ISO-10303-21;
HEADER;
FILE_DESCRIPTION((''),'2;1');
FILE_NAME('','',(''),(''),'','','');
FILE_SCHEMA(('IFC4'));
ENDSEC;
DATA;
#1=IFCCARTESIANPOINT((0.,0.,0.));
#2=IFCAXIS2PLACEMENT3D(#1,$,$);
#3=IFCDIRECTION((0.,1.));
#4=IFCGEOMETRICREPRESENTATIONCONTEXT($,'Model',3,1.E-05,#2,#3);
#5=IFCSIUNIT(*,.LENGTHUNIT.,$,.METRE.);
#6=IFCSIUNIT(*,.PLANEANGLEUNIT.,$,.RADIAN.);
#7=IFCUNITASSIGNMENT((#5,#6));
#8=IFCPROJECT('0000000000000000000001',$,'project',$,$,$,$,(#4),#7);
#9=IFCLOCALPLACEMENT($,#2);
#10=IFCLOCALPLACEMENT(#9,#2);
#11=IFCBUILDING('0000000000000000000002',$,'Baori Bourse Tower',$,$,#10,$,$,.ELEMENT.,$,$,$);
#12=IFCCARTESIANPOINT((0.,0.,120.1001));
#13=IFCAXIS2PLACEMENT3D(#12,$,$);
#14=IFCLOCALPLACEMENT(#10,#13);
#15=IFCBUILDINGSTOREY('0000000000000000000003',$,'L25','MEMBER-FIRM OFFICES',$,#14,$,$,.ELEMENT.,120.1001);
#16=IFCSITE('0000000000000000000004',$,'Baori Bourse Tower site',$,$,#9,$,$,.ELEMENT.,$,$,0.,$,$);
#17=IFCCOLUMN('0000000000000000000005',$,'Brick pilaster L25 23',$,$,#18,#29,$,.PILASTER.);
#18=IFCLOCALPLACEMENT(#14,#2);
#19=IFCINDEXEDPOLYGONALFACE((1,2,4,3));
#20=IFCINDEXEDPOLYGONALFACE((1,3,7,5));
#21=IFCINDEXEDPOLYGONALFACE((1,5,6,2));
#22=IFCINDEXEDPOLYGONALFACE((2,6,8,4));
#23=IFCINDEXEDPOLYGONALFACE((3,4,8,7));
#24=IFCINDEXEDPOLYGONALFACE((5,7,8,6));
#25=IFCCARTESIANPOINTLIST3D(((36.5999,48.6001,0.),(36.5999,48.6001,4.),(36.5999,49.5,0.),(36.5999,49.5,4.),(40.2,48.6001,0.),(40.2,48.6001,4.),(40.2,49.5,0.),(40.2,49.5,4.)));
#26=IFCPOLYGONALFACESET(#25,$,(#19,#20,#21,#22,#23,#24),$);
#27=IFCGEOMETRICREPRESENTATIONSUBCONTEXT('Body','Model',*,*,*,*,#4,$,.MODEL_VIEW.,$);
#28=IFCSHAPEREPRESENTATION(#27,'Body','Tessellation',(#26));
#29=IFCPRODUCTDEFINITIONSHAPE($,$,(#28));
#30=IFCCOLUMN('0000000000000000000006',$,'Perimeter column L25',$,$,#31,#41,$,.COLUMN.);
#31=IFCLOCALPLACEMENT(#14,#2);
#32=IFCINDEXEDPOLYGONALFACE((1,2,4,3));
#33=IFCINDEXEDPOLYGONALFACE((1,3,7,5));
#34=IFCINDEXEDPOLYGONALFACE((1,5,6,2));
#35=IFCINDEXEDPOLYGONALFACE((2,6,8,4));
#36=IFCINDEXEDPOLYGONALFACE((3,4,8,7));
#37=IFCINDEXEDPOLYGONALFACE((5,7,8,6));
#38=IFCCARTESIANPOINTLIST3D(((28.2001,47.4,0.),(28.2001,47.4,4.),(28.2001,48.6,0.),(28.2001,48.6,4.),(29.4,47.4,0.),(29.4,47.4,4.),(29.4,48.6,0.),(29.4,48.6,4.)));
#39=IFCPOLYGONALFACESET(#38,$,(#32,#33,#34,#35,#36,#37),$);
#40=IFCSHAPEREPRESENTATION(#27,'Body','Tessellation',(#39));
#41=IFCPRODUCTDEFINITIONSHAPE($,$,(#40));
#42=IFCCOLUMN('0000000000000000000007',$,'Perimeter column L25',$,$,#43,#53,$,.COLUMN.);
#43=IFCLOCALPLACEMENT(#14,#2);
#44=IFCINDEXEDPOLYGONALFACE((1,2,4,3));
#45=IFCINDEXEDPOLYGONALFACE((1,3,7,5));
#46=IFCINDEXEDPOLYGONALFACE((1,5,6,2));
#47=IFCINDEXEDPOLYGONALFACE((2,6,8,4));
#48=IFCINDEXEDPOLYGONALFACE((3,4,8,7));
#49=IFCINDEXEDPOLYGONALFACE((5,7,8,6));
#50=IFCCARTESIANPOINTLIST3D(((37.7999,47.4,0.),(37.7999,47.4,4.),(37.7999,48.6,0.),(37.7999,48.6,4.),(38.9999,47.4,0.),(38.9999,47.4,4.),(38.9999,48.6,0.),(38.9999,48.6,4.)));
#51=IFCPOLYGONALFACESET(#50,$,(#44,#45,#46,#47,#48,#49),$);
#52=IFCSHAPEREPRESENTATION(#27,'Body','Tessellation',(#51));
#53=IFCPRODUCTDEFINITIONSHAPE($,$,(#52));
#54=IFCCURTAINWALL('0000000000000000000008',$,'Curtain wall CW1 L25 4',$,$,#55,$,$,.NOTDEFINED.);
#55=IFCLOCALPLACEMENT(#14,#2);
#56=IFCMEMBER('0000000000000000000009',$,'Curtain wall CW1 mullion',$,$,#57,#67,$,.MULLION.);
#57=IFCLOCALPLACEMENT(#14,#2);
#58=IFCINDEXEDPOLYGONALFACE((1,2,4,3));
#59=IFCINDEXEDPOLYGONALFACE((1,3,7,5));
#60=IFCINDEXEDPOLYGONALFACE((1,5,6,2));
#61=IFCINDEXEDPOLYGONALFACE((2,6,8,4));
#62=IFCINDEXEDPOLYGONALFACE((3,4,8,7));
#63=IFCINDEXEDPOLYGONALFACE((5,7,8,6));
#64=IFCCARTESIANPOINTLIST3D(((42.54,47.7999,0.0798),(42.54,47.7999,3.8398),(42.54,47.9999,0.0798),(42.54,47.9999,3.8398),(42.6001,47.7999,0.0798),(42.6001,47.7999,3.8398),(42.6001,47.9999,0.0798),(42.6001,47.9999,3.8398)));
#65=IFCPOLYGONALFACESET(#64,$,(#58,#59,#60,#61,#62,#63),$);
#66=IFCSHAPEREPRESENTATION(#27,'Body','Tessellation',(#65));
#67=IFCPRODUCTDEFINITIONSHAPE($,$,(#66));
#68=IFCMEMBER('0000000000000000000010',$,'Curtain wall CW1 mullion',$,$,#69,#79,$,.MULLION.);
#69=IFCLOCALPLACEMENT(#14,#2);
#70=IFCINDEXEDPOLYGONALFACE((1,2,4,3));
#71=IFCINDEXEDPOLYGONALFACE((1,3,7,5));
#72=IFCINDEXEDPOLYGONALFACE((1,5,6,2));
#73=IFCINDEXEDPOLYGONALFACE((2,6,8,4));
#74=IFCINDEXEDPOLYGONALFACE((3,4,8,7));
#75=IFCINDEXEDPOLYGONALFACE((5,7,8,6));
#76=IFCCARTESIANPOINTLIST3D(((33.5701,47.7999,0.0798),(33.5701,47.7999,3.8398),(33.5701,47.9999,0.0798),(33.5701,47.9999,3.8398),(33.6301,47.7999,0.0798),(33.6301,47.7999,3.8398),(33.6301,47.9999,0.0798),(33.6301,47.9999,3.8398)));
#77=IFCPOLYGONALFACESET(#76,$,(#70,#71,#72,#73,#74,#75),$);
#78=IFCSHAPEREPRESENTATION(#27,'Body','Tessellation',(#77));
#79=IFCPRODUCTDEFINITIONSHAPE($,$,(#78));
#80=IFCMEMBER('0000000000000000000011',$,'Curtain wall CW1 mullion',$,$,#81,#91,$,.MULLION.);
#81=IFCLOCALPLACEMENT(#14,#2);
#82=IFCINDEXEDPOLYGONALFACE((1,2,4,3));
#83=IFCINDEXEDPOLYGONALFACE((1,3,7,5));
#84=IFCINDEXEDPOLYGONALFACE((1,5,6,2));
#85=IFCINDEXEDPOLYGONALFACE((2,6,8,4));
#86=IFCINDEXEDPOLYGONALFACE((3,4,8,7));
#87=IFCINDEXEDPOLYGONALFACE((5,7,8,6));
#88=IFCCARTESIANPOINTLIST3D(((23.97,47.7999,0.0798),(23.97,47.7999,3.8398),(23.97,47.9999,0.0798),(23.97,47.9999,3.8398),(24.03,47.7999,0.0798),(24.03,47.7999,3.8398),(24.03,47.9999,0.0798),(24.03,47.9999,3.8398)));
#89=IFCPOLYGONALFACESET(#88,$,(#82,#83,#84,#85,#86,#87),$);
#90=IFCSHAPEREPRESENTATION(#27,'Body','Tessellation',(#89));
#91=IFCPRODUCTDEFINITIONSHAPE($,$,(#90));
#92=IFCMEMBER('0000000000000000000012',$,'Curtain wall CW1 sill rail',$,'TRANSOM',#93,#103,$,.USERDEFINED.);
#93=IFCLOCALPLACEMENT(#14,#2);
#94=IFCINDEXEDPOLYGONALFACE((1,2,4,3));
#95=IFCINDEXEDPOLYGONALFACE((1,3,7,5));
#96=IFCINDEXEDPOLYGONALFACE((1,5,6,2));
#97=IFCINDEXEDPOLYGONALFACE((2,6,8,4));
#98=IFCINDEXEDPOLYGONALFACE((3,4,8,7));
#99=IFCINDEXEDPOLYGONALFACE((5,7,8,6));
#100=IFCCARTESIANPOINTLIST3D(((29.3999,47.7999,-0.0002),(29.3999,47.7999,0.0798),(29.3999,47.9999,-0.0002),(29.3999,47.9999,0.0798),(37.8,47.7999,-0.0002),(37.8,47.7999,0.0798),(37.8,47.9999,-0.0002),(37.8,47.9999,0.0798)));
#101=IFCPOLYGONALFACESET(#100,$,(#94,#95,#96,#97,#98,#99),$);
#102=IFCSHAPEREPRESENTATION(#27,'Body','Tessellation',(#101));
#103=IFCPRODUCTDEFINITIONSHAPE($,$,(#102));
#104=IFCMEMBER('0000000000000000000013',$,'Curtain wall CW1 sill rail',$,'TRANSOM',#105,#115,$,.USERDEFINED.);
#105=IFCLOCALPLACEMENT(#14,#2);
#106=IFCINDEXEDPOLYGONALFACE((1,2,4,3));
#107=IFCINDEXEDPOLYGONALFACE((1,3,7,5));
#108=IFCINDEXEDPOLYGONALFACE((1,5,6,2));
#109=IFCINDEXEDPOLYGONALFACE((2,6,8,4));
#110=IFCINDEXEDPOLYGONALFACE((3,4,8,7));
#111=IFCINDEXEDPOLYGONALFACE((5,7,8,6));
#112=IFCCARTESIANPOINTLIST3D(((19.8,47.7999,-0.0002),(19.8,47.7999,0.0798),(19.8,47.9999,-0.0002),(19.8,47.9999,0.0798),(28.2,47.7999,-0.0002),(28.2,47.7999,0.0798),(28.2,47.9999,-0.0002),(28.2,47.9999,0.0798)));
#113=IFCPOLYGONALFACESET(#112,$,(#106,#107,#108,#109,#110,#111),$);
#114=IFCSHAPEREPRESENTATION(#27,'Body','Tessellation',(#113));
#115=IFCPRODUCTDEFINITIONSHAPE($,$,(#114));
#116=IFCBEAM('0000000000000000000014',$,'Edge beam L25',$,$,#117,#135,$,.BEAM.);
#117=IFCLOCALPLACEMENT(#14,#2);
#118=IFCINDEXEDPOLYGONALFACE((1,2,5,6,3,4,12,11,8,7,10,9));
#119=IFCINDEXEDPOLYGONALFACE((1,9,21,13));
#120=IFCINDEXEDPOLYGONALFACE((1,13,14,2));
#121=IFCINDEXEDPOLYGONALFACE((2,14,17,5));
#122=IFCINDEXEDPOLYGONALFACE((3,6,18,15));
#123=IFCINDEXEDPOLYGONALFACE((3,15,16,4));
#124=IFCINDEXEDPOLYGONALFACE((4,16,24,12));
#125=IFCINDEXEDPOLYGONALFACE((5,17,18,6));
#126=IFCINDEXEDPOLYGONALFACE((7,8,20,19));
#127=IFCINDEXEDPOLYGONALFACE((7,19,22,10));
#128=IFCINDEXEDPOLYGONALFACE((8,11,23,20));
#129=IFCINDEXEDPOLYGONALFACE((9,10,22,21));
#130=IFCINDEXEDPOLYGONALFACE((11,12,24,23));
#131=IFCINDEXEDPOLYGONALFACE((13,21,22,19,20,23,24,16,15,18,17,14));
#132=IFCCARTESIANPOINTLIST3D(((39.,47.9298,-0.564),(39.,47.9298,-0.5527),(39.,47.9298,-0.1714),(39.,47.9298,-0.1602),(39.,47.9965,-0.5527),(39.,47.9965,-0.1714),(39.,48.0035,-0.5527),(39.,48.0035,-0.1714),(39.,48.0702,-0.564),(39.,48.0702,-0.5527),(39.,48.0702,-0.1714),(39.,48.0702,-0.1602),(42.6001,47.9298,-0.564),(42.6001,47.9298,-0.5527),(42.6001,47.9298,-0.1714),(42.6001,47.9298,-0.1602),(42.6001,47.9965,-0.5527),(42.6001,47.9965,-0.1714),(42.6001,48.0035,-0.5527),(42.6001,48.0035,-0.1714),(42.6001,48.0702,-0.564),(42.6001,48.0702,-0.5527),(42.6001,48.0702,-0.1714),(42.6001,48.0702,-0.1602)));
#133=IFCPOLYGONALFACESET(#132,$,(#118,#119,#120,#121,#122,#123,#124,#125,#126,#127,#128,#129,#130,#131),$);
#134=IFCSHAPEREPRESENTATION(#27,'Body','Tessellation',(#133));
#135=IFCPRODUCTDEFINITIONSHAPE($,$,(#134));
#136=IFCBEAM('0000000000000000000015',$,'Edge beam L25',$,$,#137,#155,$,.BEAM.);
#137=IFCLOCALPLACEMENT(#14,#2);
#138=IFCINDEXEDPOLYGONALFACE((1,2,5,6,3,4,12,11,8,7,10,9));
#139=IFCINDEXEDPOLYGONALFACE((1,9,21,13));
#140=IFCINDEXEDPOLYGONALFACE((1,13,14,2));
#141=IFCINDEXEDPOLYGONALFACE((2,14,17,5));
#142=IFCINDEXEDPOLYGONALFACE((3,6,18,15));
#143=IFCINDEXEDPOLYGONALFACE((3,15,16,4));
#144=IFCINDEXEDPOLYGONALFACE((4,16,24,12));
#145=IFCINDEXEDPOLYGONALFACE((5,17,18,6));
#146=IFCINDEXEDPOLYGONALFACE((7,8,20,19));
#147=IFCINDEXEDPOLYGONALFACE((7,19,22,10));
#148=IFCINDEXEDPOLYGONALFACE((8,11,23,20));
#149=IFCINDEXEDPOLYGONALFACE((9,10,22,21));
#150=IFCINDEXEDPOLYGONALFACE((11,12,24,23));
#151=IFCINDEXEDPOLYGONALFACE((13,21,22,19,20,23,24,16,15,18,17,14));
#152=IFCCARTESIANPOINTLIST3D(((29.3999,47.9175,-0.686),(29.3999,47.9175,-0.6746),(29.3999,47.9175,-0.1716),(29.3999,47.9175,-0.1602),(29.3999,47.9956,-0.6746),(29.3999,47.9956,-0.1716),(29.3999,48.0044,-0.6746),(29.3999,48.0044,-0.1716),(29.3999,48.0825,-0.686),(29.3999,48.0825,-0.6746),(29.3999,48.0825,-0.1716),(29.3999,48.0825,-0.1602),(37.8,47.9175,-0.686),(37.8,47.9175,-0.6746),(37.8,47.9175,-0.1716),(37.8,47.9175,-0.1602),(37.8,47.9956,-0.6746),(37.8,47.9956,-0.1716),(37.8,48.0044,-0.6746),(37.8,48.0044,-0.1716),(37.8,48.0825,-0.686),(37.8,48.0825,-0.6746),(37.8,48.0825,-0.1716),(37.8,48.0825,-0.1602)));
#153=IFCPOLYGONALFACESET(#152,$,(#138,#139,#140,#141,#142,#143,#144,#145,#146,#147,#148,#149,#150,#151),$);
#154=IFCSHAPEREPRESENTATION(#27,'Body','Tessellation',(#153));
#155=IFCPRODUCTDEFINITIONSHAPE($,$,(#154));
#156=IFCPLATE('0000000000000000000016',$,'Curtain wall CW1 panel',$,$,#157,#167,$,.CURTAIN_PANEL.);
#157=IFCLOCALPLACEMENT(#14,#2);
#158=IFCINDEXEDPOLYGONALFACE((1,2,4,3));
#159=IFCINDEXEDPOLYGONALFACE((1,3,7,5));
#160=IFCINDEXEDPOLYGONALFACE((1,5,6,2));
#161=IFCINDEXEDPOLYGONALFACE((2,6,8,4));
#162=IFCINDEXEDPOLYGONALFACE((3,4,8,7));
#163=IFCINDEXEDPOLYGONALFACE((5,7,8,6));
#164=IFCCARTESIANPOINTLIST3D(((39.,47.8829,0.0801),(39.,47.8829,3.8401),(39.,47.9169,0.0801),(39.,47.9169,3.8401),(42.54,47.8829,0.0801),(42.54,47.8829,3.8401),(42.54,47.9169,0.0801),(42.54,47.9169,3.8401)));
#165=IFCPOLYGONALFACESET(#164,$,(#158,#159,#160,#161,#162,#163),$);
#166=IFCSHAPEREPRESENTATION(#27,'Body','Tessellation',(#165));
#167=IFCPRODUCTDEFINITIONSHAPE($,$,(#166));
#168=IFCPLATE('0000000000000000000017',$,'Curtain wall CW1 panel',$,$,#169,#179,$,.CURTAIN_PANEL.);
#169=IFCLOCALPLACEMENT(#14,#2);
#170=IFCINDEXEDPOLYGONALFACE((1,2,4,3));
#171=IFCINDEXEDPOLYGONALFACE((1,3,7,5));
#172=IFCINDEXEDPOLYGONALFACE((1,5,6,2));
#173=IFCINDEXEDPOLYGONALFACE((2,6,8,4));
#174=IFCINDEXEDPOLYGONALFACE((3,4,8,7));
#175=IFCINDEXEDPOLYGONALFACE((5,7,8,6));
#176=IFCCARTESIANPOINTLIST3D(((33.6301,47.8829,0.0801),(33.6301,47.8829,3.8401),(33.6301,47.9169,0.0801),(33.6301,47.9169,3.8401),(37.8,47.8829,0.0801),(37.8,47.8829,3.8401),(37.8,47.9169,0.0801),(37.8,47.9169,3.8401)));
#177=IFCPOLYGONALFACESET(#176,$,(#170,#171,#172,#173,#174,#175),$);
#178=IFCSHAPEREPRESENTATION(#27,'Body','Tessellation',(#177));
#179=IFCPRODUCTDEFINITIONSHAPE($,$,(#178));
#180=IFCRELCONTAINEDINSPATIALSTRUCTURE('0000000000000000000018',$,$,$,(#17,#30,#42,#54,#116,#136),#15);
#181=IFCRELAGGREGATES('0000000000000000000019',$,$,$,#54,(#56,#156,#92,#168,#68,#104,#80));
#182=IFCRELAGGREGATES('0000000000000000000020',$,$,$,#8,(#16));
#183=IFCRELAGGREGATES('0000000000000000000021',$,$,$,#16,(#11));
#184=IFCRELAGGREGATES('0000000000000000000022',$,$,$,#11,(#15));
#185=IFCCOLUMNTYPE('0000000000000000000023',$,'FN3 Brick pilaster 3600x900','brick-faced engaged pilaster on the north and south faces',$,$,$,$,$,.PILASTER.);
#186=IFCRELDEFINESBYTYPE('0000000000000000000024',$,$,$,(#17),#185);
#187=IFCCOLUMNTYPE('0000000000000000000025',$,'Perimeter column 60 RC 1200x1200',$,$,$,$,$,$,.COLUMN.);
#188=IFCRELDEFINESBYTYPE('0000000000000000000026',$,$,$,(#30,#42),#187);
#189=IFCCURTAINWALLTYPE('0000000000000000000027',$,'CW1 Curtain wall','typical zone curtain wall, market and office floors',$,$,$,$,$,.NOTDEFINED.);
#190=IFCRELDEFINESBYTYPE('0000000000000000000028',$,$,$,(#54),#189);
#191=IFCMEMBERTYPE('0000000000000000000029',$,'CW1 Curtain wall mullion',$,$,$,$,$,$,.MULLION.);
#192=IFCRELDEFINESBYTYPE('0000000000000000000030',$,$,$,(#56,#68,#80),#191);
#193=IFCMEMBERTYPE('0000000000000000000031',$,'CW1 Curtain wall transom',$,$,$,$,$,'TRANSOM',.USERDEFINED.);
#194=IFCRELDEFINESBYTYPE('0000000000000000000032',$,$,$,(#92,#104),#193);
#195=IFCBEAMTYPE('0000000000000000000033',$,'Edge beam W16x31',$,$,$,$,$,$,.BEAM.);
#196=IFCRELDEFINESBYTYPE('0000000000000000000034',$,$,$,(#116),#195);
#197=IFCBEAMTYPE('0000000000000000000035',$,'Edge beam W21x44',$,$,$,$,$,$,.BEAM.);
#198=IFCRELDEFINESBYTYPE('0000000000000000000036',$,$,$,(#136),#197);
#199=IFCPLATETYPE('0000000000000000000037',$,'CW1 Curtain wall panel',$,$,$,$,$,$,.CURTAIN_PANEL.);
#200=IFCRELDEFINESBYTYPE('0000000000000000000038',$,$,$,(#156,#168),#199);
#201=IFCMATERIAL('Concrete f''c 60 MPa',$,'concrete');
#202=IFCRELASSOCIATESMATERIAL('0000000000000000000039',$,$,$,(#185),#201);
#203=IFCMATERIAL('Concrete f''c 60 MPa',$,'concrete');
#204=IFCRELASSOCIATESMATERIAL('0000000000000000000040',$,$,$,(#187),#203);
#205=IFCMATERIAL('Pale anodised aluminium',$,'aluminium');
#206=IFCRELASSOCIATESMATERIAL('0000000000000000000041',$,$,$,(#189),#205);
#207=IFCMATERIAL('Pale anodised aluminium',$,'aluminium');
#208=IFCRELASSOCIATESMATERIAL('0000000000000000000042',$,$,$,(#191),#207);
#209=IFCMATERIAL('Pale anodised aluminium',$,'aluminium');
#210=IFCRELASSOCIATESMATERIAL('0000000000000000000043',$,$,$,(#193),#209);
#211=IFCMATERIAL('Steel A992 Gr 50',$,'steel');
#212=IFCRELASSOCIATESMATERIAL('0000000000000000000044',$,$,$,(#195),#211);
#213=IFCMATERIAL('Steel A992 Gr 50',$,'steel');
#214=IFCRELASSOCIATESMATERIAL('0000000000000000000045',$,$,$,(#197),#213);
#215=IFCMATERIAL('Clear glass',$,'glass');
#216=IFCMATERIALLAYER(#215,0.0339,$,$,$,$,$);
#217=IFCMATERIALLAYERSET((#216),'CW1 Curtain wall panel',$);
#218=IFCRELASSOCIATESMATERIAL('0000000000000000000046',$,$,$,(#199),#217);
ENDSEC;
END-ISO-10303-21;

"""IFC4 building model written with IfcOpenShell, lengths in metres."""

from ifc_helpers import new_model, si_unit, direction, frame, origin, origin_2d, place, context, subcontext, project, spatial, rectangle, i_section, extrude, material, layer, layer_set, material_profile, profile_set, type_object, element, aggregate, save


model = new_model("IFC4")

# Units and contexts
model_context = context("Model", 3, precision=1e-05, world=origin(), true_north=direction((0.0, 1.0)))
body_context = subcontext(model_context, "Body", "Model", "MODEL_VIEW")
ifc_project = project(units=[si_unit("LENGTHUNIT", "METRE"), si_unit("PLANEANGLEUNIT", "RADIAN")], contexts=[model_context])

# Site, building, storey
site_placement = place(None, origin())
site = spatial("IfcSite", under=ifc_project, at=site_placement, Name="Baori Bourse Tower site", CompositionType="ELEMENT", RefElevation=0.0)
building_placement = place(site_placement, origin())
building = spatial("IfcBuilding", under=site, at=building_placement, Name="Baori Bourse Tower", CompositionType="ELEMENT")
storey_placement = place(building_placement, frame((0.0, 0.0, 120.1001)))
storey = spatial("IfcBuildingStorey", under=building, at=storey_placement, Name="L25", Description="MEMBER-FIRM OFFICES", CompositionType="ELEMENT", Elevation=120.1001)

# Columns
ifc_material_1 = material(Name="Concrete f'c 60 MPa", Category="concrete")
ifc_material_profile_1 = material_profile(ifc_material_1, rectangle(XDim=3.6001, YDim=0.8999, at=origin_2d()), Name="RC 3600x900")
ifc_profile_set_1 = profile_set([ifc_material_profile_1], Name="Concrete f'c 60 MPa")
column_type_1 = type_object("IfcColumnType", Name="FN3 Brick pilaster 3600x900", Description="brick-faced engaged pilaster on the north and south faces", PredefinedType="PILASTER", material=ifc_profile_set_1)
column_placement = place(storey_placement, frame((38.3999, 49.05, 0.0), z_axis=(0.0, 0.0, 1.0), x_axis=(1.0, 0.0, 0.0)))
element("IfcColumn", 1, at=column_placement, inside=storey, type_object=column_type_1, Name="Brick pilaster L25 23", PredefinedType="PILASTER", context=body_context, shape_type="SweptSolid", body=[
    extrude(rectangle(XDim=3.6001, YDim=0.8999, at=origin_2d()), origin(), (0.0, 0.0, 1.0), 4.0),
])
ifc_material_2 = material(Name="Concrete f'c 60 MPa", Category="concrete")
ifc_material_profile_2 = material_profile(ifc_material_2, rectangle(XDim=1.2, YDim=1.2, at=origin_2d()), Name="RC 1200x1200")
ifc_profile_set_2 = profile_set([ifc_material_profile_2], Name="Concrete f'c 60 MPa")
column_type_2 = type_object("IfcColumnType", Name="Perimeter column 60 RC 1200x1200", PredefinedType="COLUMN", material=ifc_profile_set_2)
for number, where, z_axis, x_axis, name in (
    (2, (28.8, 48.0, 0.0), (0.0, 0.0, 1.0), (1.0, 0.0, 0.0), "Perimeter column L25"),
    (3, (38.3999, 48.0, 0.0), (0.0, 0.0, 1.0), (1.0, 0.0, 0.0), "Perimeter column L25"),
):
    element("IfcColumn", number, at=place(storey_placement, frame(where, z_axis=z_axis, x_axis=x_axis)), inside=storey, type_object=column_type_2, Name=name, PredefinedType="COLUMN", context=body_context, shape_type="SweptSolid", body=[
        extrude(rectangle(XDim=1.2, YDim=1.2, at=origin_2d()), origin(), (0.0, 0.0, 1.0), 4.0),
    ])

# Curtain wall, members
ifc_material_3 = material(Name="Pale anodised aluminium", Category="aluminium")
curtain_wall_type = type_object("IfcCurtainWallType", Name="CW1 Curtain wall", Description="typical zone curtain wall, market and office floors", PredefinedType="NOTDEFINED", material=ifc_material_3)
curtain_wall_placement = place(storey_placement, origin())
curtain_wall = element("IfcCurtainWall", 4, at=curtain_wall_placement, inside=storey, type_object=curtain_wall_type, Name="Curtain wall CW1 L25 4", PredefinedType="NOTDEFINED")
ifc_material_4 = material(Name="Pale anodised aluminium", Category="aluminium")
ifc_material_profile_3 = material_profile(ifc_material_4, rectangle(XDim=0.2, YDim=0.0601, at=origin_2d()), Name="Mullion 60x200")
ifc_profile_set_3 = profile_set([ifc_material_profile_3], Name="Pale anodised aluminium")
member_type_1 = type_object("IfcMemberType", Name="CW1 Curtain wall mullion", PredefinedType="MULLION", material=ifc_profile_set_3)
member_1_placement = place(storey_placement, frame((42.5701, 47.8999, 0.0798), z_axis=(0.0, 0.0, 1.0), x_axis=(0.0, -1.0, 0.0)))
member_1 = element("IfcMember", 5, at=member_1_placement, type_object=member_type_1, Name="Curtain wall CW1 mullion", PredefinedType="MULLION", context=body_context, shape_type="SweptSolid", body=[
    extrude(rectangle(XDim=0.2, YDim=0.0601, at=origin_2d()), origin(), (0.0, 0.0, 1.0), 3.76),
])
member_2_placement = place(storey_placement, frame((33.6001, 47.8999, 0.0798), z_axis=(0.0, 0.0, 1.0), x_axis=(0.0, -1.0, 0.0)))
member_2 = element("IfcMember", 6, at=member_2_placement, type_object=member_type_1, Name="Curtain wall CW1 mullion", PredefinedType="MULLION", context=body_context, shape_type="SweptSolid", body=[
    extrude(rectangle(XDim=0.2, YDim=0.0601, at=origin_2d()), origin(), (0.0, 0.0, 1.0), 3.76),
])
member_3_placement = place(storey_placement, frame((24.0, 47.8999, 0.0798), z_axis=(0.0, 0.0, 1.0), x_axis=(0.0, -1.0, 0.0)))
member_3 = element("IfcMember", 7, at=member_3_placement, type_object=member_type_1, Name="Curtain wall CW1 mullion", PredefinedType="MULLION", context=body_context, shape_type="SweptSolid", body=[
    extrude(rectangle(XDim=0.2, YDim=0.0601, at=origin_2d()), origin(), (0.0, 0.0, 1.0), 3.76),
])
ifc_material_5 = material(Name="Pale anodised aluminium", Category="aluminium")
ifc_material_profile_4 = material_profile(ifc_material_5, rectangle(XDim=0.2, YDim=0.0801, at=origin_2d()), Name="Transom 80x200")
ifc_profile_set_4 = profile_set([ifc_material_profile_4], Name="Pale anodised aluminium")
member_type_2 = type_object("IfcMemberType", Name="CW1 Curtain wall transom", ElementType="TRANSOM", PredefinedType="USERDEFINED", material=ifc_profile_set_4)
member_4_placement = place(storey_placement, frame((37.8, 47.8999, 0.0398), z_axis=(-1.0, 0.0, 0.0), x_axis=(0.0, -1.0, 0.0)))
member_4 = element("IfcMember", 8, at=member_4_placement, type_object=member_type_2, Name="Curtain wall CW1 sill rail", ObjectType="TRANSOM", PredefinedType="USERDEFINED", context=body_context, shape_type="SweptSolid", body=[
    extrude(rectangle(XDim=0.2, YDim=0.0801, at=origin_2d()), origin(), (0.0, 0.0, 1.0), 8.4001),
])
member_5_placement = place(storey_placement, frame((28.2, 47.8999, 0.0398), z_axis=(-1.0, 0.0, 0.0), x_axis=(0.0, -1.0, 0.0)))
member_5 = element("IfcMember", 9, at=member_5_placement, type_object=member_type_2, Name="Curtain wall CW1 sill rail", ObjectType="TRANSOM", PredefinedType="USERDEFINED", context=body_context, shape_type="SweptSolid", body=[
    extrude(rectangle(XDim=0.2, YDim=0.0801, at=origin_2d()), origin(), (0.0, 0.0, 1.0), 8.3999),
])

# Beams
ifc_material_6 = material(Name="Steel A992 Gr 50", Category="steel")
ifc_material_profile_5 = material_profile(ifc_material_6, i_section(OverallWidth=0.1404, OverallDepth=0.4038, WebThickness=0.0071, FlangeThickness=0.0112, at=origin_2d()), Name="W16x31")
ifc_profile_set_5 = profile_set([ifc_material_profile_5], Name="Steel A992 Gr 50")
beam_type_1 = type_object("IfcBeamType", Name="Edge beam W16x31", PredefinedType="BEAM", material=ifc_profile_set_5)
beam_1_placement = place(storey_placement, frame((39.0, 48.0, -0.3621), z_axis=(1.0, 0.0, 0.0), x_axis=(0.0, 1.0, 0.0)))
element("IfcBeam", 10, at=beam_1_placement, inside=storey, type_object=beam_type_1, Name="Edge beam L25", PredefinedType="BEAM", context=body_context, shape_type="SweptSolid", body=[
    extrude(i_section(OverallWidth=0.1404, OverallDepth=0.4038, WebThickness=0.0071, FlangeThickness=0.0112, at=origin_2d()), origin(), (0.0, 0.0, 1.0), 3.6001),
])
ifc_material_7 = material(Name="Steel A992 Gr 50", Category="steel")
ifc_material_profile_6 = material_profile(ifc_material_7, i_section(OverallWidth=0.165, OverallDepth=0.5259, WebThickness=0.0088, FlangeThickness=0.0115, at=origin_2d()), Name="W21x44")
ifc_profile_set_6 = profile_set([ifc_material_profile_6], Name="Steel A992 Gr 50")
beam_type_2 = type_object("IfcBeamType", Name="Edge beam W21x44", PredefinedType="BEAM", material=ifc_profile_set_6)
beam_2_placement = place(storey_placement, frame((29.3999, 48.0, -0.4231), z_axis=(1.0, 0.0, 0.0), x_axis=(0.0, 1.0, 0.0)))
element("IfcBeam", 11, at=beam_2_placement, inside=storey, type_object=beam_type_2, Name="Edge beam L25", PredefinedType="BEAM", context=body_context, shape_type="SweptSolid", body=[
    extrude(i_section(OverallWidth=0.165, OverallDepth=0.5259, WebThickness=0.0088, FlangeThickness=0.0115, at=origin_2d()), origin(), (0.0, 0.0, 1.0), 8.4001),
])

# Plates
ifc_material_8 = material(Name="Clear glass", Category="glass")
ifc_layer_1 = layer(ifc_material_8, 0.0339)
ifc_layer_set_1 = layer_set([ifc_layer_1], Name="CW1 Curtain wall panel")
plate_type = type_object("IfcPlateType", Name="CW1 Curtain wall panel", PredefinedType="CURTAIN_PANEL", material=ifc_layer_set_1)
plate_1_placement = place(storey_placement, frame((40.77, 47.8999, 0.0801), z_axis=(0.0, 0.0, 1.0), x_axis=(-1.0, 0.0, 0.0)))
plate_1 = element("IfcPlate", 12, at=plate_1_placement, type_object=plate_type, Name="Curtain wall CW1 panel", PredefinedType="CURTAIN_PANEL", context=body_context, shape_type="SweptSolid", body=[
    extrude(rectangle(XDim=3.54, YDim=0.0339, at=origin_2d()), origin(), (0.0, 0.0, 1.0), 3.76),
])
plate_2_placement = place(storey_placement, frame((35.7151, 47.8999, 0.0801), z_axis=(0.0, 0.0, 1.0), x_axis=(-1.0, 0.0, 0.0)))
plate_2 = element("IfcPlate", 13, at=plate_2_placement, type_object=plate_type, Name="Curtain wall CW1 panel", PredefinedType="CURTAIN_PANEL", context=body_context, shape_type="SweptSolid", body=[
    extrude(rectangle(XDim=4.1699, YDim=0.0339, at=origin_2d()), origin(), (0.0, 0.0, 1.0), 3.76),
])
aggregate(curtain_wall, [member_1, plate_1, member_4, plate_2, member_2, member_5, member_3])

save(model, "model.ifc")
